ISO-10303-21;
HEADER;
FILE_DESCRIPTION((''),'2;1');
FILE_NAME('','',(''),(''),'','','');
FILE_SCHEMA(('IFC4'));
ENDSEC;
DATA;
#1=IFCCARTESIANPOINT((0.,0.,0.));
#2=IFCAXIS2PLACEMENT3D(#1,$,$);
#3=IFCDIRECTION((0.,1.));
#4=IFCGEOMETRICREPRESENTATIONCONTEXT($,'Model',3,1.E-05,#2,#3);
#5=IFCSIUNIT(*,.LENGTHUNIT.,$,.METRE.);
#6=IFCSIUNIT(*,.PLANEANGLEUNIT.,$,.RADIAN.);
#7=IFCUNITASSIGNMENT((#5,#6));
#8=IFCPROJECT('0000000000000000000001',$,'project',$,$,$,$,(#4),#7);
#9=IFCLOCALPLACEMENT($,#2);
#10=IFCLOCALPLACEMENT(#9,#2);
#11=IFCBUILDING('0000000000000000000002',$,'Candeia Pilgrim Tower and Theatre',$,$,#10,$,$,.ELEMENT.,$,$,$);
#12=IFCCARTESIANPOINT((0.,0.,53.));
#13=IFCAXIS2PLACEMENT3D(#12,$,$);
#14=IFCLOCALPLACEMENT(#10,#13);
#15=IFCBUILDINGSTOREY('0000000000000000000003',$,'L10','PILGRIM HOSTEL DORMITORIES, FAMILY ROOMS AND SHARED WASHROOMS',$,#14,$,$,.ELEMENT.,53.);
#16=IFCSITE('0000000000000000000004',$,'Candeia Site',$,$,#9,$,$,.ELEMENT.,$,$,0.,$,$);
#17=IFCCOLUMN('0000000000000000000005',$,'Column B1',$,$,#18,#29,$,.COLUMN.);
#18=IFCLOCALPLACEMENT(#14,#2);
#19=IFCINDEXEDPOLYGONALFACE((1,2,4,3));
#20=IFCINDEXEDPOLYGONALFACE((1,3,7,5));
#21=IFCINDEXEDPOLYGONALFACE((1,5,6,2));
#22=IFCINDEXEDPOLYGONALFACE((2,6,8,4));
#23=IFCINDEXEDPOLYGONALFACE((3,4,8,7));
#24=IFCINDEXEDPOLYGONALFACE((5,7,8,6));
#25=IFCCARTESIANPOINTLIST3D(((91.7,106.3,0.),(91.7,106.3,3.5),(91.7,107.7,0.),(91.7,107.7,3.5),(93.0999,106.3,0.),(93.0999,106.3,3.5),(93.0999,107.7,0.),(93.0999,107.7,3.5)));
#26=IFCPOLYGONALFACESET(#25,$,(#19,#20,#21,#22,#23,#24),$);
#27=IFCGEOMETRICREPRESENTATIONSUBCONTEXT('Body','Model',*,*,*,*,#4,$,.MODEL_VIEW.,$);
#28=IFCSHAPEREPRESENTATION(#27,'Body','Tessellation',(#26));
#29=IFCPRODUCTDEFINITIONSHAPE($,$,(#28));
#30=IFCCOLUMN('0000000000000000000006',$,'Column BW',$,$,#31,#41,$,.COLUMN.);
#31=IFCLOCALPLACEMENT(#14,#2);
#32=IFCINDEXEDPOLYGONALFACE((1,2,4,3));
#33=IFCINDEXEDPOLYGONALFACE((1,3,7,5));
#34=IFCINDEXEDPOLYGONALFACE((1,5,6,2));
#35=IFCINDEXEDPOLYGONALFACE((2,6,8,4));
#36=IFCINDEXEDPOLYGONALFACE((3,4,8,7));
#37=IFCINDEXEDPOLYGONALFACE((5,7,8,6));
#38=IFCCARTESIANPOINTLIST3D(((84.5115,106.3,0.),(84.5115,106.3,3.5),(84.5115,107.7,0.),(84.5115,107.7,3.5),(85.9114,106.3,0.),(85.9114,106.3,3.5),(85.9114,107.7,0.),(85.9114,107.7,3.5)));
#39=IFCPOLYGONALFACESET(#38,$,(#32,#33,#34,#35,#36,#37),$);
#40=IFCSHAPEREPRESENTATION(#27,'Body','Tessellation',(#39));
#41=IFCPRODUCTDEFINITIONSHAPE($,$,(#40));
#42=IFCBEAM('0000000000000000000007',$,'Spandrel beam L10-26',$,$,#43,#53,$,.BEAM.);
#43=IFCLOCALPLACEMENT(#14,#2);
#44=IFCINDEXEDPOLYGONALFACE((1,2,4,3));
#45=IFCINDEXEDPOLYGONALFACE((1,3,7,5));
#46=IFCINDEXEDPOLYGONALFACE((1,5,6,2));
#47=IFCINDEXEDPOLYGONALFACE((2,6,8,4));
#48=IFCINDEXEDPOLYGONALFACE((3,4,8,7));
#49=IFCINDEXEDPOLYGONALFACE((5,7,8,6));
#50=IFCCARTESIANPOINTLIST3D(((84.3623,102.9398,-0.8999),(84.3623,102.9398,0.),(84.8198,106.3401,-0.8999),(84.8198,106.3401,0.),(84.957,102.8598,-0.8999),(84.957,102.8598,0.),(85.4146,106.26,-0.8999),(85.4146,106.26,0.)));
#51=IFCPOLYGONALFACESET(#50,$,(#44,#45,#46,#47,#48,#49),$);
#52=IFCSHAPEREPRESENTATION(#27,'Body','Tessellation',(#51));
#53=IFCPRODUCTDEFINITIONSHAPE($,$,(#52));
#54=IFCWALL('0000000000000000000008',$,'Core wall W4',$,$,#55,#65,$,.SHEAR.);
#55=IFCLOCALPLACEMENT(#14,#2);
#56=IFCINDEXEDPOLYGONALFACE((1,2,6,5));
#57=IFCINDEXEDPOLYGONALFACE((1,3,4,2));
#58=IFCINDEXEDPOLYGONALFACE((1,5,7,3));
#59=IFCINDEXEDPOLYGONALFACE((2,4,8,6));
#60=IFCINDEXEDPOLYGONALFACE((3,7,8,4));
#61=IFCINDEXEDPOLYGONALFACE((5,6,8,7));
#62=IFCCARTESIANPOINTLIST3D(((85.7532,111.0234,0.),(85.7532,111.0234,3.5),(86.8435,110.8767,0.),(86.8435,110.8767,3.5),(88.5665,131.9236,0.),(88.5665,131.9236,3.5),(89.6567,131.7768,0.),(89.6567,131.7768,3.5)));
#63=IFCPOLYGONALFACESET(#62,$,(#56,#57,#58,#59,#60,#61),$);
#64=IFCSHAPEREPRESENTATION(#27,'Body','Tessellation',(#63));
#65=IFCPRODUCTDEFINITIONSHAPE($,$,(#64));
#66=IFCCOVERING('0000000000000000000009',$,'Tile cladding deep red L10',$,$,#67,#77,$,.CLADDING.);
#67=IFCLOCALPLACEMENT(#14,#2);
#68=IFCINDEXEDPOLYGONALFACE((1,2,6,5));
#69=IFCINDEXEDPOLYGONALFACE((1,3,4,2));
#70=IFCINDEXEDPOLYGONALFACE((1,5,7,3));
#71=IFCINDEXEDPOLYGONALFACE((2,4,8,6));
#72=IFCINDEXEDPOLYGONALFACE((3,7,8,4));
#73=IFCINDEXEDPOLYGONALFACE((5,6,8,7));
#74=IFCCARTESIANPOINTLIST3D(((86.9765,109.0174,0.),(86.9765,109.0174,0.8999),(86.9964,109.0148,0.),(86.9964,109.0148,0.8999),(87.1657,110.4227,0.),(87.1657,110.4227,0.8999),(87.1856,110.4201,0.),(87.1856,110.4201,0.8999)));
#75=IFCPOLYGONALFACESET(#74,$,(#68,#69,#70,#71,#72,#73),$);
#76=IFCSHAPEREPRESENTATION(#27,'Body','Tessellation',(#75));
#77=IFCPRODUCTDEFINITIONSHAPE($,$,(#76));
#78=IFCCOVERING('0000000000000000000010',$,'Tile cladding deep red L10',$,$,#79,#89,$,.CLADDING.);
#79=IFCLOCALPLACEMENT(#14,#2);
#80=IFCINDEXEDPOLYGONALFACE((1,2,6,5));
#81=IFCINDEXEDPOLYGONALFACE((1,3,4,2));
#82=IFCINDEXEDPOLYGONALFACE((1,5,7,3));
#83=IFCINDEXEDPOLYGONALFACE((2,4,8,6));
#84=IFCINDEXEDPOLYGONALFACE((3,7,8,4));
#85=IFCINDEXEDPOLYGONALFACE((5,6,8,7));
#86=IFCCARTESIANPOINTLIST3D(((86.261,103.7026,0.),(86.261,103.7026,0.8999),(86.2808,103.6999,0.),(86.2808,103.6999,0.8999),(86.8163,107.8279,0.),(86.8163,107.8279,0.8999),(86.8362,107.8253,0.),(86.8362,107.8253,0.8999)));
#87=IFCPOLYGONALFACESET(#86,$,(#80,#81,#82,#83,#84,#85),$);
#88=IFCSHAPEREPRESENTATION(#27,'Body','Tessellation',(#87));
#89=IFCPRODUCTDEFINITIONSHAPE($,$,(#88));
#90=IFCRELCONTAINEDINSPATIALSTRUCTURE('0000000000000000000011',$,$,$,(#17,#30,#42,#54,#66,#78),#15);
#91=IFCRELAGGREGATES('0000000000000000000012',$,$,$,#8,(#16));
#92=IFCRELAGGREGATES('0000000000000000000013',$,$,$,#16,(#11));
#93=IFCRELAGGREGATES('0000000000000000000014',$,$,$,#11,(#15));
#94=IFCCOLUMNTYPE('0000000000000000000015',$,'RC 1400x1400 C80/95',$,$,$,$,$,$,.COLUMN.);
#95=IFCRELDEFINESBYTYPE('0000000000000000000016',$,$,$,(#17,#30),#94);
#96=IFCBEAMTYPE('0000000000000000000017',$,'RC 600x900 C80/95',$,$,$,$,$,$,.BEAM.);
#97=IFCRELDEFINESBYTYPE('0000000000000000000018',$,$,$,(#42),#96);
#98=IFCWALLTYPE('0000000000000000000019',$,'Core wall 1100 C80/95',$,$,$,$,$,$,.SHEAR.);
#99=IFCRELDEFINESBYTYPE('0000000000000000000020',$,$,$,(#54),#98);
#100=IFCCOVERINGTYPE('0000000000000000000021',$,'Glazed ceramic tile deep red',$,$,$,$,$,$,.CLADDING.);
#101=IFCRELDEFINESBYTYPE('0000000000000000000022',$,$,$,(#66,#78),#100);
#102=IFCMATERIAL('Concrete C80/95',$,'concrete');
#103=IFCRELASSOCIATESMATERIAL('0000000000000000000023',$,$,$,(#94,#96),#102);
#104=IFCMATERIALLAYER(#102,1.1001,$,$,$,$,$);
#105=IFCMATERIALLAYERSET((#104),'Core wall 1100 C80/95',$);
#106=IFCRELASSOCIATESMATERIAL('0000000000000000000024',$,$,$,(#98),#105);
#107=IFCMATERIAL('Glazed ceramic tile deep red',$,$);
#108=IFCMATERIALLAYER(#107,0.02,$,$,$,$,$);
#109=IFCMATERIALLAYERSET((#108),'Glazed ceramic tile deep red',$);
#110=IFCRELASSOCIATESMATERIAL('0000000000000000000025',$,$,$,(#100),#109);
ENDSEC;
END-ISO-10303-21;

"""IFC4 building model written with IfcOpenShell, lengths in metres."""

from ifc_helpers import new_model, si_unit, direction, frame, frame_2d, origin, origin_2d, place, context, subcontext, project, spatial, rectangle, extrude, material, layer, layer_set, material_profile, profile_set, type_object, element, save


model = new_model("IFC4")

# Units and contexts
model_context = context("Model", 3, precision=1e-05, world=origin(), true_north=direction((0.0, 1.0)))
body_context = subcontext(model_context, "Body", "Model", "MODEL_VIEW")
ifc_project = project(units=[si_unit("LENGTHUNIT", "METRE"), si_unit("PLANEANGLEUNIT", "RADIAN")], contexts=[model_context])

# Site, building, storey
site_placement = place(None, origin())
site = spatial("IfcSite", under=ifc_project, at=site_placement, Name="Candeia Site", CompositionType="ELEMENT", RefElevation=0.0)
building_placement = place(site_placement, origin())
building = spatial("IfcBuilding", under=site, at=building_placement, Name="Candeia Pilgrim Tower and Theatre", CompositionType="ELEMENT")
storey_placement = place(building_placement, frame((0.0, 0.0, 53.0)))
storey = spatial("IfcBuildingStorey", under=building, at=storey_placement, Name="L10", Description="PILGRIM HOSTEL DORMITORIES, FAMILY ROOMS AND SHARED WASHROOMS", CompositionType="ELEMENT", Elevation=53.0)

# Columns
ifc_material_1 = material(Name="Concrete C80/95", Category="concrete")
ifc_material_profile_1 = material_profile(ifc_material_1, rectangle(XDim=1.3999, YDim=1.3999, at=origin_2d()))
ifc_profile_set_1 = profile_set([ifc_material_profile_1], Name="Concrete C80/95")
column_type = type_object("IfcColumnType", Name="RC 1400x1400 C80/95", PredefinedType="COLUMN", material=ifc_profile_set_1)
for number, where, z_axis, x_axis, name in (
    (1, (92.3999, 107.0, 0.0), (0.0, 0.0, 1.0), (1.0, 0.0, 0.0), "Column B1"),
    (2, (85.2114, 107.0, 0.0), (0.0, 0.0, 1.0), (1.0, 0.0, 0.0), "Column BW"),
):
    element("IfcColumn", number, at=place(storey_placement, frame(where, z_axis=z_axis, x_axis=x_axis)), inside=storey, type_object=column_type, Name=name, PredefinedType="COLUMN", context=body_context, shape_type="SweptSolid", body=[
        extrude(rectangle(XDim=1.3999, YDim=1.3999, at=origin_2d()), origin(), (0.0, 0.0, 1.0), 3.5),
    ])

# Beam
ifc_material_profile_2 = material_profile(ifc_material_1, rectangle(XDim=0.6001, YDim=0.8999, at=origin_2d()))
ifc_profile_set_2 = profile_set([ifc_material_profile_2], Name="Concrete C80/95")
beam_type = type_object("IfcBeamType", Name="RC 600x900 C80/95", PredefinedType="BEAM", material=ifc_profile_set_2)
beam_placement = place(storey_placement, frame((85.1172, 106.3, -0.45), z_axis=(-0.133357, -0.991068, 0.0), x_axis=(0.991068, -0.133357, 0.0)))
element("IfcBeam", 3, at=beam_placement, inside=storey, type_object=beam_type, Name="Spandrel beam L10-26", PredefinedType="BEAM", context=body_context, shape_type="SweptSolid", body=[
    extrude(rectangle(XDim=0.6001, YDim=0.8999, at=origin_2d()), origin(), (0.0, 0.0, 1.0), 3.4309),
])

# Wall
ifc_layer_1 = layer(ifc_material_1, 1.1001)
ifc_layer_set_1 = layer_set([ifc_layer_1], Name="Core wall 1100 C80/95")
wall_type_1 = type_object("IfcWallType", Name="Core wall 1100 C80/95", PredefinedType="SHEAR", material=ifc_layer_set_1)
wall_1_placement = place(storey_placement, frame((86.2983, 110.95, 0.0), z_axis=(0.0, 0.0, 1.0), x_axis=(0.1334, 0.991062, 0.0)))
element("IfcWall", 4, at=wall_1_placement, inside=storey, type_object=wall_type_1, Name="Core wall W4", PredefinedType="SHEAR", context=body_context, shape_type="SweptSolid", body=[
    extrude(rectangle(XDim=21.0886, YDim=1.1001, at=frame_2d((10.5444, 0.0))), origin(), (0.0, 0.0, 1.0), 3.5),
])

# Coverings
ifc_material_2 = material(Name="Glazed ceramic tile deep red")
ifc_layer_2 = layer(ifc_material_2, 0.02)
ifc_layer_set_2 = layer_set([ifc_layer_2], Name="Glazed ceramic tile deep red")
covering_type = type_object("IfcCoveringType", Name="Glazed ceramic tile deep red", PredefinedType="CLADDING", material=ifc_layer_set_2)
covering_1_placement = place(storey_placement, frame((87.0811, 109.7188, 0.0), z_axis=(0.0, 0.0, 1.0), x_axis=(-0.133412, -0.991061, 0.0)))
element("IfcCovering", 5, at=covering_1_placement, inside=storey, type_object=covering_type, Name="Tile cladding deep red L10", PredefinedType="CLADDING", context=body_context, shape_type="SweptSolid", body=[
    extrude(rectangle(XDim=1.418, YDim=0.02, at=origin_2d()), origin(), (0.0, 0.0, 1.0), 0.8999),
])
covering_2_placement = place(storey_placement, frame((86.5486, 105.7639, 0.0), z_axis=(0.0, 0.0, 1.0), x_axis=(-0.133412, -0.991061, 0.0)))
element("IfcCovering", 6, at=covering_2_placement, inside=storey, type_object=covering_type, Name="Tile cladding deep red L10", PredefinedType="CLADDING", context=body_context, shape_type="SweptSolid", body=[
    extrude(rectangle(XDim=4.1626, YDim=0.02, at=origin_2d()), origin(), (0.0, 0.0, 1.0), 0.8999),
])

save(model, "model.ifc")
